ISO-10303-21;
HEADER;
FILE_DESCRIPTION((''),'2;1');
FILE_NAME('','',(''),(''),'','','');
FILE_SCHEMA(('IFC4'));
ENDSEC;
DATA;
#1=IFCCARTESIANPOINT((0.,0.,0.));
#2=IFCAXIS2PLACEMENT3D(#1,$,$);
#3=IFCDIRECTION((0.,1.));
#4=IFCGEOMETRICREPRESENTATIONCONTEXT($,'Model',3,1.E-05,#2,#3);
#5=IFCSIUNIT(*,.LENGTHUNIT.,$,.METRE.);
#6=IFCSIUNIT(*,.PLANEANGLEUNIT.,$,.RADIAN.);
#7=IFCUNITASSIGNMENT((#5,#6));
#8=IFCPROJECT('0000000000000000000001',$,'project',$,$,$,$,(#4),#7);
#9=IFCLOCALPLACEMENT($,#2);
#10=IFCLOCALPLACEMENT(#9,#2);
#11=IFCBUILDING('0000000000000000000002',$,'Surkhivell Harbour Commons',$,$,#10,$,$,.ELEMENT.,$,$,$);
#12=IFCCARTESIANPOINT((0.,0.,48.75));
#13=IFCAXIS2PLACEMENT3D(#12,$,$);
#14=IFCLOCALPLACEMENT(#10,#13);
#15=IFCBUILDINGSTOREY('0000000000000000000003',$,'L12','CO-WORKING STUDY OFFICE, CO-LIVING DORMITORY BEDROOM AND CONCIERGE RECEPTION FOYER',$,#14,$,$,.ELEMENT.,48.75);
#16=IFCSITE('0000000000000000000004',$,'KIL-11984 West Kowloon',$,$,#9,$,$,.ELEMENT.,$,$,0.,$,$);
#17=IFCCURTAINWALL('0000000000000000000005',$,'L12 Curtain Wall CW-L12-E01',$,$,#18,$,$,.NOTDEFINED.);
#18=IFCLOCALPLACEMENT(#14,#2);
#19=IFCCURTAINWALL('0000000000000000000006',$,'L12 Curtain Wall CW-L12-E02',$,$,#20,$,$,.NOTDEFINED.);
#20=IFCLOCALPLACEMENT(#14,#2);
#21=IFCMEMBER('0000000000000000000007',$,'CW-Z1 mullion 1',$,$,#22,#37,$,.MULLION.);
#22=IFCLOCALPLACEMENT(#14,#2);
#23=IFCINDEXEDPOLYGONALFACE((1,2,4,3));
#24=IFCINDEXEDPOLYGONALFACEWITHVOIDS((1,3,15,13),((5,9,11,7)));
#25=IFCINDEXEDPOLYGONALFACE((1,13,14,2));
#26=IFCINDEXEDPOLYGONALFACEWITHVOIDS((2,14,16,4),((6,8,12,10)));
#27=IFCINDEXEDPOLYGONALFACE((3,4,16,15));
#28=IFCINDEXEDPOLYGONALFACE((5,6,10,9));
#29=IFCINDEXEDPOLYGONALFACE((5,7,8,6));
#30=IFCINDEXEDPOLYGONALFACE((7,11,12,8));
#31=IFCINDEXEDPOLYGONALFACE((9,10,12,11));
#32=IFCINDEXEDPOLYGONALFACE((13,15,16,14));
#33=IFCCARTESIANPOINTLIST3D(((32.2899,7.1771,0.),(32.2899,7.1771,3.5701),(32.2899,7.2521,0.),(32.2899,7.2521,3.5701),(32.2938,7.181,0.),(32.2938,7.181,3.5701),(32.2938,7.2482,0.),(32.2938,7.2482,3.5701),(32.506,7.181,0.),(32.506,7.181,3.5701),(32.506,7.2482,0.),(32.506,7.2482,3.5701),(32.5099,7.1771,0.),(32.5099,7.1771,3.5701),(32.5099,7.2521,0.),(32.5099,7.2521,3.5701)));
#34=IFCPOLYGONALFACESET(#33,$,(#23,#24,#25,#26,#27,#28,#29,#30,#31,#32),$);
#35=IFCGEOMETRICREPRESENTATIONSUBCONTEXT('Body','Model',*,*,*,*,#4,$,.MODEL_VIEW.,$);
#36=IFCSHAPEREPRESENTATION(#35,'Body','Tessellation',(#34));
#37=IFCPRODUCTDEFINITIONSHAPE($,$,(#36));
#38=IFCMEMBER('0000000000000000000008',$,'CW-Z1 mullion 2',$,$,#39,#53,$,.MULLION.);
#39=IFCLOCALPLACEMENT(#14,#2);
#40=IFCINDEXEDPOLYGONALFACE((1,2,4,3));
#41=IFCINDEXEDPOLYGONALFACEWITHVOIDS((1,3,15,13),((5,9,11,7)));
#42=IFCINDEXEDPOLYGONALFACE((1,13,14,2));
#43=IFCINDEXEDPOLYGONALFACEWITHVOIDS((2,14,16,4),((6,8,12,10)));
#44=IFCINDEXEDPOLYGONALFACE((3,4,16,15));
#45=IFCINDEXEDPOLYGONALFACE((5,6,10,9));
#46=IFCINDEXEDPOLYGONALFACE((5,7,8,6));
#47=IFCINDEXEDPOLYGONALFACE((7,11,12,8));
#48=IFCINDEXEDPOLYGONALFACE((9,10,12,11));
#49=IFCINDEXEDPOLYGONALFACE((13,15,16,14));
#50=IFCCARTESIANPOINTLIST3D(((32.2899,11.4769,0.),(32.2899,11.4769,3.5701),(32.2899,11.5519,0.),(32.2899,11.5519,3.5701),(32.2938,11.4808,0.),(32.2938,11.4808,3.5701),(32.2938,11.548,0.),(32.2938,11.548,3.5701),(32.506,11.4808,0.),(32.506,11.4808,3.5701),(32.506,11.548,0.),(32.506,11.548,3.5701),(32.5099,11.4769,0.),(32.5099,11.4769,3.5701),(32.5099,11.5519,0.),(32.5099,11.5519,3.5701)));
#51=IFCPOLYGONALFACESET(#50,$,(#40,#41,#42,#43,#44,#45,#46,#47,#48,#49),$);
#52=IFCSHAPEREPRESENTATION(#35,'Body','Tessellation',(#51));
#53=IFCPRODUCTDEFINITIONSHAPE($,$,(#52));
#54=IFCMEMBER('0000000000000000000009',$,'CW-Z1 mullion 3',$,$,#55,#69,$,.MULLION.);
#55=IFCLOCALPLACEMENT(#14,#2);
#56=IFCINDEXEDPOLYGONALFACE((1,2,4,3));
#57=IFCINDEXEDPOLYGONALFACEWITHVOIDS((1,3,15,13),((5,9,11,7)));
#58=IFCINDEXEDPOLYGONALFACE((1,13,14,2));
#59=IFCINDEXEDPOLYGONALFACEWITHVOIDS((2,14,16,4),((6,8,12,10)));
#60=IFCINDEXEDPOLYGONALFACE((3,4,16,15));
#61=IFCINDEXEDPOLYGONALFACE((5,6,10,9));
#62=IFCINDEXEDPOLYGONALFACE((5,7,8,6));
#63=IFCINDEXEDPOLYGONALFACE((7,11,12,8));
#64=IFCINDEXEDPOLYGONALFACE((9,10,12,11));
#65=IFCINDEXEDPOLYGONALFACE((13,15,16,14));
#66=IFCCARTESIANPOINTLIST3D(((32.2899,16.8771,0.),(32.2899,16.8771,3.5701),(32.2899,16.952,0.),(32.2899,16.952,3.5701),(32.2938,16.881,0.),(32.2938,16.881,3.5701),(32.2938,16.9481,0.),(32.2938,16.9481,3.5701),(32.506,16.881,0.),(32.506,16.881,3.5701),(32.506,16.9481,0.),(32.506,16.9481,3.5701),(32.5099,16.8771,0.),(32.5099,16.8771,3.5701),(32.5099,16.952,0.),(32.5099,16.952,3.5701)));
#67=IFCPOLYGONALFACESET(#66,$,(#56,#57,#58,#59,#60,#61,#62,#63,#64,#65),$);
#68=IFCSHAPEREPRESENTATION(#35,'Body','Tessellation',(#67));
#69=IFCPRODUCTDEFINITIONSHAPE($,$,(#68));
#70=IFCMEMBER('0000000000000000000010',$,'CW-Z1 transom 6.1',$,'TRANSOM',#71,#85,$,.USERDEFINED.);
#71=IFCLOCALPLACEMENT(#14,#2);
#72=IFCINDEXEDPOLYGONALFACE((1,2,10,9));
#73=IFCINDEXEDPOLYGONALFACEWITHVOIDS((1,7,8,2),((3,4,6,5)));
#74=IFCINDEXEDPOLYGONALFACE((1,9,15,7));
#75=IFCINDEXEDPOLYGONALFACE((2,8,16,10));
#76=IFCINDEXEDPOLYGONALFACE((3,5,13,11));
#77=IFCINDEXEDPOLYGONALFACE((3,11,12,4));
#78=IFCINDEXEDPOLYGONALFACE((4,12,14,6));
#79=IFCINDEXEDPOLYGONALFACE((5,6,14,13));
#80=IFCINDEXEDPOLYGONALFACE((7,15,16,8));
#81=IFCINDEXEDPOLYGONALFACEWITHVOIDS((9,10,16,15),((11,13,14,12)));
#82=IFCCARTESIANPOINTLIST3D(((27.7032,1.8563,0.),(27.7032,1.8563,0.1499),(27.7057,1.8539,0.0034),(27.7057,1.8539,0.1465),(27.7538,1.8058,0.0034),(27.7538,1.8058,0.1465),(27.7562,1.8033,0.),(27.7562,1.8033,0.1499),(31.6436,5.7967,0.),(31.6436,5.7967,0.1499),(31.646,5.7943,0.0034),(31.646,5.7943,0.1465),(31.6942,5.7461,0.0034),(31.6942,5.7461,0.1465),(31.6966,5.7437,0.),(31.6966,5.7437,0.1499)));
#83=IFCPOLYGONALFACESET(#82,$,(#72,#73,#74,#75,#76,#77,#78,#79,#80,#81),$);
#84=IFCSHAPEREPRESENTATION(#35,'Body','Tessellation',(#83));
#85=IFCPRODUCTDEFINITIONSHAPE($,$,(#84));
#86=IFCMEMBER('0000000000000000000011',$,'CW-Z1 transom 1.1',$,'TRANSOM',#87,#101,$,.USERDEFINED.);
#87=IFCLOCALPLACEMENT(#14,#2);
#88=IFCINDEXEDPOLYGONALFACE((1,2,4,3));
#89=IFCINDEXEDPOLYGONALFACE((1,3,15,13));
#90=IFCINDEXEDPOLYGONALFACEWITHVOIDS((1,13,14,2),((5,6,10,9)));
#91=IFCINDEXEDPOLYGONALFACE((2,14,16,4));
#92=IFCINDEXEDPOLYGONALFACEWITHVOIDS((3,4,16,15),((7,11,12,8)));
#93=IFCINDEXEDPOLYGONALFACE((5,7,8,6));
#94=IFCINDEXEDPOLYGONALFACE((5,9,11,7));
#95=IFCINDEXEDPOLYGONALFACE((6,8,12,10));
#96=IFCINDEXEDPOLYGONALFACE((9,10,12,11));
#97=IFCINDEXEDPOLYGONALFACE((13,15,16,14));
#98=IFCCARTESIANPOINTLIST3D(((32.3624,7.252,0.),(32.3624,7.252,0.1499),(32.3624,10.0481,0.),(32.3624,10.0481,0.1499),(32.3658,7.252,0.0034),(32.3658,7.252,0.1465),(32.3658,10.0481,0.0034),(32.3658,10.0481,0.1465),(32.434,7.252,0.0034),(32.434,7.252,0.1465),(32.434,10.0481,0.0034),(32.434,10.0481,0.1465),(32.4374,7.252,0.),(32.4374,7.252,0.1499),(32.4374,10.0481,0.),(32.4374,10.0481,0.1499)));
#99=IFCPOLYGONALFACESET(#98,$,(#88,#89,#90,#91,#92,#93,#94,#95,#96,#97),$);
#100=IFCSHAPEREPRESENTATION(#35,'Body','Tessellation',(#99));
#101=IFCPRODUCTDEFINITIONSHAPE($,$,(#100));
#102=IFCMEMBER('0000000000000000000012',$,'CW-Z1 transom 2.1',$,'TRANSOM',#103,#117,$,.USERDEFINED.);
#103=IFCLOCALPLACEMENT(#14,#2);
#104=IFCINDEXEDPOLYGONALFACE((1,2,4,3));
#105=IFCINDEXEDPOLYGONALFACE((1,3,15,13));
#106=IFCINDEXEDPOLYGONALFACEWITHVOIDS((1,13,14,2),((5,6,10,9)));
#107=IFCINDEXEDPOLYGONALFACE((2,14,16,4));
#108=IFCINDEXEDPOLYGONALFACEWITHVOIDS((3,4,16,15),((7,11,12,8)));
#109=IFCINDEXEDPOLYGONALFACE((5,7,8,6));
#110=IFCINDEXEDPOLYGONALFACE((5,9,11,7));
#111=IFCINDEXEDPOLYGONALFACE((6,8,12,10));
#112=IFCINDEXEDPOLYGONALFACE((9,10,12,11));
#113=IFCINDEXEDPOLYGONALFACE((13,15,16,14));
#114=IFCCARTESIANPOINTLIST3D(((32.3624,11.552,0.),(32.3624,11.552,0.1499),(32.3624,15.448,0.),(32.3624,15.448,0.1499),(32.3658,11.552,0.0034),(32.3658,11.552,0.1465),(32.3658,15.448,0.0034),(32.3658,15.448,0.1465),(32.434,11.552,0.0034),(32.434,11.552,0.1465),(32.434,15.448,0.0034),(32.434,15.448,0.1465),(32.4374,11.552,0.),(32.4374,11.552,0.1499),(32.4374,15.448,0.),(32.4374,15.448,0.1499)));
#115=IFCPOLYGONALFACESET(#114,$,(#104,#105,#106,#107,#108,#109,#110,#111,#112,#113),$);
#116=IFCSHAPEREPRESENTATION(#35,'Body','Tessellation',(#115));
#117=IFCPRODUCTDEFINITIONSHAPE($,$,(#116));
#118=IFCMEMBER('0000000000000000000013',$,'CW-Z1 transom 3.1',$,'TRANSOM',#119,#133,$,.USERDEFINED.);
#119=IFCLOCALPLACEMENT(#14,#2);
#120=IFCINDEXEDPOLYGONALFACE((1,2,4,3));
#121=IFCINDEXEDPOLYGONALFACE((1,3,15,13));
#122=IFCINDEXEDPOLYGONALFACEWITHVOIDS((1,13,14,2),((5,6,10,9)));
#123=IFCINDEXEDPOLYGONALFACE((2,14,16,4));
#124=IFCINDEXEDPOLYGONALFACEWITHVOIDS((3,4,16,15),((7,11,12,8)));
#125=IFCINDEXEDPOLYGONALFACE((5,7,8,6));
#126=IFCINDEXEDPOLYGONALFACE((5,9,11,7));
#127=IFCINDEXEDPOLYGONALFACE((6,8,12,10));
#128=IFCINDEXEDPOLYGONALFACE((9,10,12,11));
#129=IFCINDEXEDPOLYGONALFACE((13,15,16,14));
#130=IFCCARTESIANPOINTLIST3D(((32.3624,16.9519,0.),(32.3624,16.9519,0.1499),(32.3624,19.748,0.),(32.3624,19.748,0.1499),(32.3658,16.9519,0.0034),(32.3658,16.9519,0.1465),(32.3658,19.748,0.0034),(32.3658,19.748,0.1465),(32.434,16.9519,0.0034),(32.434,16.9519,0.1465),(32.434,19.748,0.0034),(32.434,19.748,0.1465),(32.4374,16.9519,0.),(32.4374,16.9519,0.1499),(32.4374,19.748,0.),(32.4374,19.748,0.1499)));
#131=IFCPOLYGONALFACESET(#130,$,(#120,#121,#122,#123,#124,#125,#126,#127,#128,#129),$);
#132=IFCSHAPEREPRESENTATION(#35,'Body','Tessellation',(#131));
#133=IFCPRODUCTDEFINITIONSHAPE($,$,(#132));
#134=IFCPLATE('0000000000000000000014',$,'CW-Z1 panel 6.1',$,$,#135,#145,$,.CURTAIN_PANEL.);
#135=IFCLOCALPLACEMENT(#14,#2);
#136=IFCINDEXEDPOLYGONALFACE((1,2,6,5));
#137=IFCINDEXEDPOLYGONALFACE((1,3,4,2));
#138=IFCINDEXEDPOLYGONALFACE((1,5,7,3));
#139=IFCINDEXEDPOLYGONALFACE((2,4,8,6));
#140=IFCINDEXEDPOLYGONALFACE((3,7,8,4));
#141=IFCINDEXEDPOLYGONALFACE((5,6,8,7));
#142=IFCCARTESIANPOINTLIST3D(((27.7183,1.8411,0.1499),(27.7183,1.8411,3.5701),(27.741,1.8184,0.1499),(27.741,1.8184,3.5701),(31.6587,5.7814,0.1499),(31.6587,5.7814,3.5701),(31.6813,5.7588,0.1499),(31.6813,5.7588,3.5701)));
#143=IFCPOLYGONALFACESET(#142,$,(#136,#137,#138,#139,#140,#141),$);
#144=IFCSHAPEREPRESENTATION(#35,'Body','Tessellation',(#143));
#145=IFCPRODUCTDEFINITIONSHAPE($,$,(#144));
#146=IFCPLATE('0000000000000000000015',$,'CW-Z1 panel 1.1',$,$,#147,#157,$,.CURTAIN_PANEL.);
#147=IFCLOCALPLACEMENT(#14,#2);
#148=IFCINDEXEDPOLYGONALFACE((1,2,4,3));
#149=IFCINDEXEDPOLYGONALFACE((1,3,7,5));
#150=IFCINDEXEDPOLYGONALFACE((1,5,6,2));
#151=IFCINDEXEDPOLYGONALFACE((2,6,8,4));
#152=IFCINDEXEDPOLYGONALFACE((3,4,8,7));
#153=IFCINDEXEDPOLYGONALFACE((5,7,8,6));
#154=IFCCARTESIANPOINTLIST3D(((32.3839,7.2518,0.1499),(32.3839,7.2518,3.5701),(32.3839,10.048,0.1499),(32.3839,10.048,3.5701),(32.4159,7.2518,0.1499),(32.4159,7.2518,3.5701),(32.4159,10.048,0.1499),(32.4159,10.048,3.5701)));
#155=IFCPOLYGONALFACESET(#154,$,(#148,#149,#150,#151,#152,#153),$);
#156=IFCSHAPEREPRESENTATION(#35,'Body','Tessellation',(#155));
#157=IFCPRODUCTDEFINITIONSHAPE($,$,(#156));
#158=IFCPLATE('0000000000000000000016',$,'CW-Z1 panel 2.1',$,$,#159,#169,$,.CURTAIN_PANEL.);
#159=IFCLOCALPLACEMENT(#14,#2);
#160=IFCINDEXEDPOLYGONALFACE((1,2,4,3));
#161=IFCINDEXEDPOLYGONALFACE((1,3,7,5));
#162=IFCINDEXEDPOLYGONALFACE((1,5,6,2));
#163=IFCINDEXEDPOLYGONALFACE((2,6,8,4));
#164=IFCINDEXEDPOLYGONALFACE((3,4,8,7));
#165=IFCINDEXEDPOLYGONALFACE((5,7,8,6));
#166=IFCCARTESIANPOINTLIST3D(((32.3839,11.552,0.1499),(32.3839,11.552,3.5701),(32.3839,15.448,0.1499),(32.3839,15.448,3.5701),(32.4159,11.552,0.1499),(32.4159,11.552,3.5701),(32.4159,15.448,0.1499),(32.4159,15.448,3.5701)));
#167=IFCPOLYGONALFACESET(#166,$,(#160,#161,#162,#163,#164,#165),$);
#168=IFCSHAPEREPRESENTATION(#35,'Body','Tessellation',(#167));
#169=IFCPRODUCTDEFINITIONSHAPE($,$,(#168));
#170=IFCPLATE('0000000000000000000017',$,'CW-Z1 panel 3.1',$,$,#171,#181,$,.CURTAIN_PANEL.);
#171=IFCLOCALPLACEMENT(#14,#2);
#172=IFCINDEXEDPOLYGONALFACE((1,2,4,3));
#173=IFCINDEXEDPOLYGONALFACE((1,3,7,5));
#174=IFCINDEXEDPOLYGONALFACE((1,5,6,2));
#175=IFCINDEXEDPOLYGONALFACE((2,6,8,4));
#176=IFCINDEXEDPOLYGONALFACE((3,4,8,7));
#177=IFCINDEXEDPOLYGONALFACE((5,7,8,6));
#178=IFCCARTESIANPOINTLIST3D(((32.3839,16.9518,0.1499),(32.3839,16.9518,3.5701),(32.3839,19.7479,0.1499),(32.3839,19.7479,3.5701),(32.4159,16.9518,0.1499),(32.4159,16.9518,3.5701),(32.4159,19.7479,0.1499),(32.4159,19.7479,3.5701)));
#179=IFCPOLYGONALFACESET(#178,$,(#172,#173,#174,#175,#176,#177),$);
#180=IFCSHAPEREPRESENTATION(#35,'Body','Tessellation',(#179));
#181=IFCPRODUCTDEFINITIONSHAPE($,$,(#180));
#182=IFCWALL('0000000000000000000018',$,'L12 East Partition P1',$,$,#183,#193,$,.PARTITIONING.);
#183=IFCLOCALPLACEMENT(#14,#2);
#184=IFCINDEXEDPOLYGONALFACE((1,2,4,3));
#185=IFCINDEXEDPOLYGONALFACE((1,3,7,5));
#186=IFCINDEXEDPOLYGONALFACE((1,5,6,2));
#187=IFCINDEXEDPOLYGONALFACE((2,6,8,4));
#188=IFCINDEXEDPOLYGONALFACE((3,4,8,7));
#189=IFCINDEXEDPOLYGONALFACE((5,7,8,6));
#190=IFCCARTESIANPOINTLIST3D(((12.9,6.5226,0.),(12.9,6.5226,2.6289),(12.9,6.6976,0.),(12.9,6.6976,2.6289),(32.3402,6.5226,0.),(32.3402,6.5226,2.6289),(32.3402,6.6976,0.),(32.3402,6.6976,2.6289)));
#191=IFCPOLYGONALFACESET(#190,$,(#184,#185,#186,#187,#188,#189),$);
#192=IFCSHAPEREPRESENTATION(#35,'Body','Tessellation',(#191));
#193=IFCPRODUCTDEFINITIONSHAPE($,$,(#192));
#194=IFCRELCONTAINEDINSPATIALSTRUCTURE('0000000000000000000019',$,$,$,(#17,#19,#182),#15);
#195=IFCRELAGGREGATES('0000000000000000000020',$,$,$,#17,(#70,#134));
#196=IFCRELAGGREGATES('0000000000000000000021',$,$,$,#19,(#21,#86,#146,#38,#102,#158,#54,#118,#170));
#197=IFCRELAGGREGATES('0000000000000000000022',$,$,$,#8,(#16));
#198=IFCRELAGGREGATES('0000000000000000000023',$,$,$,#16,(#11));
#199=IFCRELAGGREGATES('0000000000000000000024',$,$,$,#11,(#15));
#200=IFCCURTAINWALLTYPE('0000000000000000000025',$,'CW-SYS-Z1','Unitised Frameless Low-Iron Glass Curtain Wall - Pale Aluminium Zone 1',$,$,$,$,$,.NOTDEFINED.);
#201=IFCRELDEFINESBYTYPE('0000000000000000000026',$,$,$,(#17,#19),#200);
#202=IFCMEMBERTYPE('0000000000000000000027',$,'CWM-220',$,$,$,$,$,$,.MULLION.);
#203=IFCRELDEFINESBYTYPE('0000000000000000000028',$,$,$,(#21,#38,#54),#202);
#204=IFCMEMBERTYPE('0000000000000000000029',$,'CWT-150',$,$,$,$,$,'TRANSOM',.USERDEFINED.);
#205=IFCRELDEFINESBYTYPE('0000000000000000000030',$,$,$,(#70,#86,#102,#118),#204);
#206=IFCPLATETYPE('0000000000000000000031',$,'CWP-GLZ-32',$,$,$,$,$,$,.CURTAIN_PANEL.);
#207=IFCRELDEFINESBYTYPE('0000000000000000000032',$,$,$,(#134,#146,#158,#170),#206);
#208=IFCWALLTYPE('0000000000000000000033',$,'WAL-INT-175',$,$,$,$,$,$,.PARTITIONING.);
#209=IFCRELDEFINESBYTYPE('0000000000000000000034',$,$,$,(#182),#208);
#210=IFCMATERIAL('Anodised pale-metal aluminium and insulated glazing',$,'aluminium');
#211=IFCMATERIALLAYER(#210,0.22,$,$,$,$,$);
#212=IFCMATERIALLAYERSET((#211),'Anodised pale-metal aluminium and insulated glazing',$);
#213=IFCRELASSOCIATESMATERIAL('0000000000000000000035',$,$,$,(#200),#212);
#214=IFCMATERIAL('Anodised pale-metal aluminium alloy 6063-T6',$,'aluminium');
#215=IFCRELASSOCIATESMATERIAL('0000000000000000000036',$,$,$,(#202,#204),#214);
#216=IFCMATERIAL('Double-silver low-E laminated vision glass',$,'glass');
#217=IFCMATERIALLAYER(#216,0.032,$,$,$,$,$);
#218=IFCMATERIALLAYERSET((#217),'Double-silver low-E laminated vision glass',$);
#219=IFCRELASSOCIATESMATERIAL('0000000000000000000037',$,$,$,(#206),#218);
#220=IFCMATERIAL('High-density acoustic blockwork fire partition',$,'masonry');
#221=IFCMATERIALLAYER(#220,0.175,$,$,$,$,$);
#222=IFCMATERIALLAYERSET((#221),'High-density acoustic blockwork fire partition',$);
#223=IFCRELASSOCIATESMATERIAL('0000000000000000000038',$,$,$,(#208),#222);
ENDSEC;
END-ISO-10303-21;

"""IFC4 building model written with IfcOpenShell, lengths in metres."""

from ifc_helpers import new_model, si_unit, direction, frame, frame_2d, origin, origin_2d, place, context, subcontext, project, spatial, rectangle, hollow_rectangle, extrude, material, layer, layer_set, material_profile, profile_set, type_object, element, aggregate, save


model = new_model("IFC4")

# Units and contexts
model_context = context("Model", 3, precision=1e-05, world=origin(), true_north=direction((0.0, 1.0)))
body_context = subcontext(model_context, "Body", "Model", "MODEL_VIEW")
ifc_project = project(units=[si_unit("LENGTHUNIT", "METRE"), si_unit("PLANEANGLEUNIT", "RADIAN")], contexts=[model_context])

# Site, building, storey
site_placement = place(None, origin())
site = spatial("IfcSite", under=ifc_project, at=site_placement, Name="KIL-11984 West Kowloon", CompositionType="ELEMENT", RefElevation=0.0)
building_placement = place(site_placement, origin())
building = spatial("IfcBuilding", under=site, at=building_placement, Name="Surkhivell Harbour Commons", CompositionType="ELEMENT")
storey_placement = place(building_placement, frame((0.0, 0.0, 48.75)))
storey = spatial("IfcBuildingStorey", under=building, at=storey_placement, Name="L12", Description="CO-WORKING STUDY OFFICE, CO-LIVING DORMITORY BEDROOM AND CONCIERGE RECEPTION FOYER", CompositionType="ELEMENT", Elevation=48.75)

# Curtain walls, members
ifc_material_1 = material(Name="Anodised pale-metal aluminium and insulated glazing", Category="aluminium")
ifc_layer_1 = layer(ifc_material_1, 0.22)
ifc_layer_set_1 = layer_set([ifc_layer_1], Name="Anodised pale-metal aluminium and insulated glazing")
curtain_wall_type = type_object("IfcCurtainWallType", Name="CW-SYS-Z1", Description="Unitised Frameless Low-Iron Glass Curtain Wall - Pale Aluminium Zone 1", PredefinedType="NOTDEFINED", material=ifc_layer_set_1)
curtain_wall_1_placement = place(storey_placement, origin())
curtain_wall_1 = element("IfcCurtainWall", 1, at=curtain_wall_1_placement, inside=storey, type_object=curtain_wall_type, Name="L12 Curtain Wall CW-L12-E01", PredefinedType="NOTDEFINED")
ifc_material_2 = material(Name="Anodised pale-metal aluminium alloy 6063-T6", Category="aluminium")
ifc_material_profile_1 = material_profile(ifc_material_2, hollow_rectangle(XDim=0.075, YDim=0.22, WallThickness=0.0039, at=origin_2d()), Name="ALU-MULL-75x220")
ifc_profile_set_1 = profile_set([ifc_material_profile_1], Name="Anodised pale-metal aluminium alloy 6063-T6")
member_type_1 = type_object("IfcMemberType", Name="CWM-220", PredefinedType="MULLION", material=ifc_profile_set_1)
curtain_wall_2_placement = place(storey_placement, origin())
curtain_wall_2 = element("IfcCurtainWall", 2, at=curtain_wall_2_placement, inside=storey, type_object=curtain_wall_type, Name="L12 Curtain Wall CW-L12-E02", PredefinedType="NOTDEFINED")
member_1_placement = place(storey_placement, frame((32.3999, 7.2146, 0.0), z_axis=(0.0, 0.0, 1.0), x_axis=(0.0, 1.0, 0.0)))
member_1 = element("IfcMember", 3, at=member_1_placement, type_object=member_type_1, Name="CW-Z1 mullion 1", PredefinedType="MULLION", context=body_context, shape_type="SweptSolid", body=[
    extrude(hollow_rectangle(XDim=0.075, YDim=0.22, WallThickness=0.0039, at=origin_2d()), origin(), (0.0, 0.0, 1.0), 3.5701),
])
member_2_placement = place(storey_placement, frame((32.3999, 11.5144, 0.0), z_axis=(0.0, 0.0, 1.0), x_axis=(0.0, 1.0, 0.0)))
member_2 = element("IfcMember", 4, at=member_2_placement, type_object=member_type_1, Name="CW-Z1 mullion 2", PredefinedType="MULLION", context=body_context, shape_type="SweptSolid", body=[
    extrude(hollow_rectangle(XDim=0.075, YDim=0.22, WallThickness=0.0039, at=origin_2d()), origin(), (0.0, 0.0, 1.0), 3.5701),
])
member_3_placement = place(storey_placement, frame((32.3999, 16.9146, 0.0), z_axis=(0.0, 0.0, 1.0), x_axis=(0.0, 1.0, 0.0)))
member_3 = element("IfcMember", 5, at=member_3_placement, type_object=member_type_1, Name="CW-Z1 mullion 3", PredefinedType="MULLION", context=body_context, shape_type="SweptSolid", body=[
    extrude(hollow_rectangle(XDim=0.075, YDim=0.22, WallThickness=0.0039, at=origin_2d()), origin(), (0.0, 0.0, 1.0), 3.5701),
])

# Members
ifc_material_profile_2 = material_profile(ifc_material_2, hollow_rectangle(XDim=0.075, YDim=0.1499, WallThickness=0.0034, at=origin_2d()), Name="ALU-TRAN-75x150")
ifc_profile_set_2 = profile_set([ifc_material_profile_2], Name="Anodised pale-metal aluminium alloy 6063-T6")
member_type_2 = type_object("IfcMemberType", Name="CWT-150", ElementType="TRANSOM", PredefinedType="USERDEFINED", material=ifc_profile_set_2)
member_4_placement = place(storey_placement, frame((27.7297, 1.8298, 0.075), z_axis=(0.707107, 0.707107, 0.0), x_axis=(-0.707107, 0.707107, 0.0)))
member_4 = element("IfcMember", 6, at=member_4_placement, type_object=member_type_2, Name="CW-Z1 transom 6.1", ObjectType="TRANSOM", PredefinedType="USERDEFINED", context=body_context, shape_type="SweptSolid", body=[
    extrude(hollow_rectangle(XDim=0.075, YDim=0.1499, WallThickness=0.0034, at=origin_2d()), origin(), (0.0, 0.0, 1.0), 5.5725),
])
member_5_placement = place(storey_placement, frame((32.3999, 7.252, 0.075), z_axis=(0.0, 1.0, 0.0), x_axis=(-1.0, 0.0, 0.0)))
member_5 = element("IfcMember", 7, at=member_5_placement, type_object=member_type_2, Name="CW-Z1 transom 1.1", ObjectType="TRANSOM", PredefinedType="USERDEFINED", context=body_context, shape_type="SweptSolid", body=[
    extrude(hollow_rectangle(XDim=0.075, YDim=0.1499, WallThickness=0.0034, at=origin_2d()), origin(), (0.0, 0.0, 1.0), 2.7961),
])
member_6_placement = place(storey_placement, frame((32.3999, 11.552, 0.075), z_axis=(0.0, 1.0, 0.0), x_axis=(-1.0, 0.0, 0.0)))
member_6 = element("IfcMember", 8, at=member_6_placement, type_object=member_type_2, Name="CW-Z1 transom 2.1", ObjectType="TRANSOM", PredefinedType="USERDEFINED", context=body_context, shape_type="SweptSolid", body=[
    extrude(hollow_rectangle(XDim=0.075, YDim=0.1499, WallThickness=0.0034, at=origin_2d()), origin(), (0.0, 0.0, 1.0), 3.896),
])
member_7_placement = place(storey_placement, frame((32.3999, 16.9519, 0.075), z_axis=(0.0, 1.0, 0.0), x_axis=(-1.0, 0.0, 0.0)))
member_7 = element("IfcMember", 9, at=member_7_placement, type_object=member_type_2, Name="CW-Z1 transom 3.1", ObjectType="TRANSOM", PredefinedType="USERDEFINED", context=body_context, shape_type="SweptSolid", body=[
    extrude(hollow_rectangle(XDim=0.075, YDim=0.1499, WallThickness=0.0034, at=origin_2d()), origin(), (0.0, 0.0, 1.0), 2.7961),
])

# Plates
ifc_material_3 = material(Name="Double-silver low-E laminated vision glass", Category="glass")
ifc_layer_2 = layer(ifc_material_3, 0.032)
ifc_layer_set_2 = layer_set([ifc_layer_2], Name="Double-silver low-E laminated vision glass")
plate_type = type_object("IfcPlateType", Name="CWP-GLZ-32", PredefinedType="CURTAIN_PANEL", material=ifc_layer_set_2)
plate_1_placement = place(storey_placement, frame((27.7297, 1.8298, 0.1499), z_axis=(0.0, 0.0, 1.0), x_axis=(0.707107, 0.707107, 0.0)))
plate_1 = element("IfcPlate", 10, at=plate_1_placement, type_object=plate_type, Name="CW-Z1 panel 6.1", PredefinedType="CURTAIN_PANEL", context=body_context, shape_type="SweptSolid", body=[
    extrude(rectangle(XDim=5.5725, YDim=0.032, at=frame_2d((2.7861, 0.0))), origin(), (0.0, 0.0, 1.0), 3.4202),
])
aggregate(curtain_wall_1, [member_4, plate_1])
plate_2_placement = place(storey_placement, frame((32.3999, 7.252, 0.1499), z_axis=(0.0, 0.0, 1.0), x_axis=(0.0, 1.0, 0.0)))
plate_2 = element("IfcPlate", 11, at=plate_2_placement, type_object=plate_type, Name="CW-Z1 panel 1.1", PredefinedType="CURTAIN_PANEL", context=body_context, shape_type="SweptSolid", body=[
    extrude(rectangle(XDim=2.7961, YDim=0.032, at=frame_2d((1.3979, 0.0))), origin(), (0.0, 0.0, 1.0), 3.4202),
])
plate_3_placement = place(storey_placement, frame((32.3999, 11.552, 0.1499), z_axis=(0.0, 0.0, 1.0), x_axis=(0.0, 1.0, 0.0)))
plate_3 = element("IfcPlate", 12, at=plate_3_placement, type_object=plate_type, Name="CW-Z1 panel 2.1", PredefinedType="CURTAIN_PANEL", context=body_context, shape_type="SweptSolid", body=[
    extrude(rectangle(XDim=3.896, YDim=0.032, at=frame_2d((1.948, 0.0))), origin(), (0.0, 0.0, 1.0), 3.4202),
])
plate_4_placement = place(storey_placement, frame((32.3999, 16.9519, 0.1499), z_axis=(0.0, 0.0, 1.0), x_axis=(0.0, 1.0, 0.0)))
plate_4 = element("IfcPlate", 13, at=plate_4_placement, type_object=plate_type, Name="CW-Z1 panel 3.1", PredefinedType="CURTAIN_PANEL", context=body_context, shape_type="SweptSolid", body=[
    extrude(rectangle(XDim=2.7961, YDim=0.032, at=frame_2d((1.3979, 0.0))), origin(), (0.0, 0.0, 1.0), 3.4202),
])
aggregate(curtain_wall_2, [member_1, member_5, plate_2, member_2, member_6, plate_3, member_3, member_7, plate_4])

# Wall
ifc_material_4 = material(Name="High-density acoustic blockwork fire partition", Category="masonry")
ifc_layer_3 = layer(ifc_material_4, 0.175)
ifc_layer_set_3 = layer_set([ifc_layer_3], Name="High-density acoustic blockwork fire partition")
wall_type_1 = type_object("IfcWallType", Name="WAL-INT-175", PredefinedType="PARTITIONING", material=ifc_layer_set_3)
wall_1_placement = place(storey_placement, frame((12.8999, 6.6101, 0.0), z_axis=(0.0, 0.0, 1.0), x_axis=(1.0, 0.0, 0.0)))
element("IfcWall", 14, at=wall_1_placement, inside=storey, type_object=wall_type_1, Name="L12 East Partition P1", PredefinedType="PARTITIONING", context=body_context, shape_type="SweptSolid", body=[
    extrude(rectangle(XDim=19.4402, YDim=0.175, at=frame_2d((9.7202, 0.0))), origin(), (0.0, 0.0, 1.0), 2.6289),
])

save(model, "model.ifc")
